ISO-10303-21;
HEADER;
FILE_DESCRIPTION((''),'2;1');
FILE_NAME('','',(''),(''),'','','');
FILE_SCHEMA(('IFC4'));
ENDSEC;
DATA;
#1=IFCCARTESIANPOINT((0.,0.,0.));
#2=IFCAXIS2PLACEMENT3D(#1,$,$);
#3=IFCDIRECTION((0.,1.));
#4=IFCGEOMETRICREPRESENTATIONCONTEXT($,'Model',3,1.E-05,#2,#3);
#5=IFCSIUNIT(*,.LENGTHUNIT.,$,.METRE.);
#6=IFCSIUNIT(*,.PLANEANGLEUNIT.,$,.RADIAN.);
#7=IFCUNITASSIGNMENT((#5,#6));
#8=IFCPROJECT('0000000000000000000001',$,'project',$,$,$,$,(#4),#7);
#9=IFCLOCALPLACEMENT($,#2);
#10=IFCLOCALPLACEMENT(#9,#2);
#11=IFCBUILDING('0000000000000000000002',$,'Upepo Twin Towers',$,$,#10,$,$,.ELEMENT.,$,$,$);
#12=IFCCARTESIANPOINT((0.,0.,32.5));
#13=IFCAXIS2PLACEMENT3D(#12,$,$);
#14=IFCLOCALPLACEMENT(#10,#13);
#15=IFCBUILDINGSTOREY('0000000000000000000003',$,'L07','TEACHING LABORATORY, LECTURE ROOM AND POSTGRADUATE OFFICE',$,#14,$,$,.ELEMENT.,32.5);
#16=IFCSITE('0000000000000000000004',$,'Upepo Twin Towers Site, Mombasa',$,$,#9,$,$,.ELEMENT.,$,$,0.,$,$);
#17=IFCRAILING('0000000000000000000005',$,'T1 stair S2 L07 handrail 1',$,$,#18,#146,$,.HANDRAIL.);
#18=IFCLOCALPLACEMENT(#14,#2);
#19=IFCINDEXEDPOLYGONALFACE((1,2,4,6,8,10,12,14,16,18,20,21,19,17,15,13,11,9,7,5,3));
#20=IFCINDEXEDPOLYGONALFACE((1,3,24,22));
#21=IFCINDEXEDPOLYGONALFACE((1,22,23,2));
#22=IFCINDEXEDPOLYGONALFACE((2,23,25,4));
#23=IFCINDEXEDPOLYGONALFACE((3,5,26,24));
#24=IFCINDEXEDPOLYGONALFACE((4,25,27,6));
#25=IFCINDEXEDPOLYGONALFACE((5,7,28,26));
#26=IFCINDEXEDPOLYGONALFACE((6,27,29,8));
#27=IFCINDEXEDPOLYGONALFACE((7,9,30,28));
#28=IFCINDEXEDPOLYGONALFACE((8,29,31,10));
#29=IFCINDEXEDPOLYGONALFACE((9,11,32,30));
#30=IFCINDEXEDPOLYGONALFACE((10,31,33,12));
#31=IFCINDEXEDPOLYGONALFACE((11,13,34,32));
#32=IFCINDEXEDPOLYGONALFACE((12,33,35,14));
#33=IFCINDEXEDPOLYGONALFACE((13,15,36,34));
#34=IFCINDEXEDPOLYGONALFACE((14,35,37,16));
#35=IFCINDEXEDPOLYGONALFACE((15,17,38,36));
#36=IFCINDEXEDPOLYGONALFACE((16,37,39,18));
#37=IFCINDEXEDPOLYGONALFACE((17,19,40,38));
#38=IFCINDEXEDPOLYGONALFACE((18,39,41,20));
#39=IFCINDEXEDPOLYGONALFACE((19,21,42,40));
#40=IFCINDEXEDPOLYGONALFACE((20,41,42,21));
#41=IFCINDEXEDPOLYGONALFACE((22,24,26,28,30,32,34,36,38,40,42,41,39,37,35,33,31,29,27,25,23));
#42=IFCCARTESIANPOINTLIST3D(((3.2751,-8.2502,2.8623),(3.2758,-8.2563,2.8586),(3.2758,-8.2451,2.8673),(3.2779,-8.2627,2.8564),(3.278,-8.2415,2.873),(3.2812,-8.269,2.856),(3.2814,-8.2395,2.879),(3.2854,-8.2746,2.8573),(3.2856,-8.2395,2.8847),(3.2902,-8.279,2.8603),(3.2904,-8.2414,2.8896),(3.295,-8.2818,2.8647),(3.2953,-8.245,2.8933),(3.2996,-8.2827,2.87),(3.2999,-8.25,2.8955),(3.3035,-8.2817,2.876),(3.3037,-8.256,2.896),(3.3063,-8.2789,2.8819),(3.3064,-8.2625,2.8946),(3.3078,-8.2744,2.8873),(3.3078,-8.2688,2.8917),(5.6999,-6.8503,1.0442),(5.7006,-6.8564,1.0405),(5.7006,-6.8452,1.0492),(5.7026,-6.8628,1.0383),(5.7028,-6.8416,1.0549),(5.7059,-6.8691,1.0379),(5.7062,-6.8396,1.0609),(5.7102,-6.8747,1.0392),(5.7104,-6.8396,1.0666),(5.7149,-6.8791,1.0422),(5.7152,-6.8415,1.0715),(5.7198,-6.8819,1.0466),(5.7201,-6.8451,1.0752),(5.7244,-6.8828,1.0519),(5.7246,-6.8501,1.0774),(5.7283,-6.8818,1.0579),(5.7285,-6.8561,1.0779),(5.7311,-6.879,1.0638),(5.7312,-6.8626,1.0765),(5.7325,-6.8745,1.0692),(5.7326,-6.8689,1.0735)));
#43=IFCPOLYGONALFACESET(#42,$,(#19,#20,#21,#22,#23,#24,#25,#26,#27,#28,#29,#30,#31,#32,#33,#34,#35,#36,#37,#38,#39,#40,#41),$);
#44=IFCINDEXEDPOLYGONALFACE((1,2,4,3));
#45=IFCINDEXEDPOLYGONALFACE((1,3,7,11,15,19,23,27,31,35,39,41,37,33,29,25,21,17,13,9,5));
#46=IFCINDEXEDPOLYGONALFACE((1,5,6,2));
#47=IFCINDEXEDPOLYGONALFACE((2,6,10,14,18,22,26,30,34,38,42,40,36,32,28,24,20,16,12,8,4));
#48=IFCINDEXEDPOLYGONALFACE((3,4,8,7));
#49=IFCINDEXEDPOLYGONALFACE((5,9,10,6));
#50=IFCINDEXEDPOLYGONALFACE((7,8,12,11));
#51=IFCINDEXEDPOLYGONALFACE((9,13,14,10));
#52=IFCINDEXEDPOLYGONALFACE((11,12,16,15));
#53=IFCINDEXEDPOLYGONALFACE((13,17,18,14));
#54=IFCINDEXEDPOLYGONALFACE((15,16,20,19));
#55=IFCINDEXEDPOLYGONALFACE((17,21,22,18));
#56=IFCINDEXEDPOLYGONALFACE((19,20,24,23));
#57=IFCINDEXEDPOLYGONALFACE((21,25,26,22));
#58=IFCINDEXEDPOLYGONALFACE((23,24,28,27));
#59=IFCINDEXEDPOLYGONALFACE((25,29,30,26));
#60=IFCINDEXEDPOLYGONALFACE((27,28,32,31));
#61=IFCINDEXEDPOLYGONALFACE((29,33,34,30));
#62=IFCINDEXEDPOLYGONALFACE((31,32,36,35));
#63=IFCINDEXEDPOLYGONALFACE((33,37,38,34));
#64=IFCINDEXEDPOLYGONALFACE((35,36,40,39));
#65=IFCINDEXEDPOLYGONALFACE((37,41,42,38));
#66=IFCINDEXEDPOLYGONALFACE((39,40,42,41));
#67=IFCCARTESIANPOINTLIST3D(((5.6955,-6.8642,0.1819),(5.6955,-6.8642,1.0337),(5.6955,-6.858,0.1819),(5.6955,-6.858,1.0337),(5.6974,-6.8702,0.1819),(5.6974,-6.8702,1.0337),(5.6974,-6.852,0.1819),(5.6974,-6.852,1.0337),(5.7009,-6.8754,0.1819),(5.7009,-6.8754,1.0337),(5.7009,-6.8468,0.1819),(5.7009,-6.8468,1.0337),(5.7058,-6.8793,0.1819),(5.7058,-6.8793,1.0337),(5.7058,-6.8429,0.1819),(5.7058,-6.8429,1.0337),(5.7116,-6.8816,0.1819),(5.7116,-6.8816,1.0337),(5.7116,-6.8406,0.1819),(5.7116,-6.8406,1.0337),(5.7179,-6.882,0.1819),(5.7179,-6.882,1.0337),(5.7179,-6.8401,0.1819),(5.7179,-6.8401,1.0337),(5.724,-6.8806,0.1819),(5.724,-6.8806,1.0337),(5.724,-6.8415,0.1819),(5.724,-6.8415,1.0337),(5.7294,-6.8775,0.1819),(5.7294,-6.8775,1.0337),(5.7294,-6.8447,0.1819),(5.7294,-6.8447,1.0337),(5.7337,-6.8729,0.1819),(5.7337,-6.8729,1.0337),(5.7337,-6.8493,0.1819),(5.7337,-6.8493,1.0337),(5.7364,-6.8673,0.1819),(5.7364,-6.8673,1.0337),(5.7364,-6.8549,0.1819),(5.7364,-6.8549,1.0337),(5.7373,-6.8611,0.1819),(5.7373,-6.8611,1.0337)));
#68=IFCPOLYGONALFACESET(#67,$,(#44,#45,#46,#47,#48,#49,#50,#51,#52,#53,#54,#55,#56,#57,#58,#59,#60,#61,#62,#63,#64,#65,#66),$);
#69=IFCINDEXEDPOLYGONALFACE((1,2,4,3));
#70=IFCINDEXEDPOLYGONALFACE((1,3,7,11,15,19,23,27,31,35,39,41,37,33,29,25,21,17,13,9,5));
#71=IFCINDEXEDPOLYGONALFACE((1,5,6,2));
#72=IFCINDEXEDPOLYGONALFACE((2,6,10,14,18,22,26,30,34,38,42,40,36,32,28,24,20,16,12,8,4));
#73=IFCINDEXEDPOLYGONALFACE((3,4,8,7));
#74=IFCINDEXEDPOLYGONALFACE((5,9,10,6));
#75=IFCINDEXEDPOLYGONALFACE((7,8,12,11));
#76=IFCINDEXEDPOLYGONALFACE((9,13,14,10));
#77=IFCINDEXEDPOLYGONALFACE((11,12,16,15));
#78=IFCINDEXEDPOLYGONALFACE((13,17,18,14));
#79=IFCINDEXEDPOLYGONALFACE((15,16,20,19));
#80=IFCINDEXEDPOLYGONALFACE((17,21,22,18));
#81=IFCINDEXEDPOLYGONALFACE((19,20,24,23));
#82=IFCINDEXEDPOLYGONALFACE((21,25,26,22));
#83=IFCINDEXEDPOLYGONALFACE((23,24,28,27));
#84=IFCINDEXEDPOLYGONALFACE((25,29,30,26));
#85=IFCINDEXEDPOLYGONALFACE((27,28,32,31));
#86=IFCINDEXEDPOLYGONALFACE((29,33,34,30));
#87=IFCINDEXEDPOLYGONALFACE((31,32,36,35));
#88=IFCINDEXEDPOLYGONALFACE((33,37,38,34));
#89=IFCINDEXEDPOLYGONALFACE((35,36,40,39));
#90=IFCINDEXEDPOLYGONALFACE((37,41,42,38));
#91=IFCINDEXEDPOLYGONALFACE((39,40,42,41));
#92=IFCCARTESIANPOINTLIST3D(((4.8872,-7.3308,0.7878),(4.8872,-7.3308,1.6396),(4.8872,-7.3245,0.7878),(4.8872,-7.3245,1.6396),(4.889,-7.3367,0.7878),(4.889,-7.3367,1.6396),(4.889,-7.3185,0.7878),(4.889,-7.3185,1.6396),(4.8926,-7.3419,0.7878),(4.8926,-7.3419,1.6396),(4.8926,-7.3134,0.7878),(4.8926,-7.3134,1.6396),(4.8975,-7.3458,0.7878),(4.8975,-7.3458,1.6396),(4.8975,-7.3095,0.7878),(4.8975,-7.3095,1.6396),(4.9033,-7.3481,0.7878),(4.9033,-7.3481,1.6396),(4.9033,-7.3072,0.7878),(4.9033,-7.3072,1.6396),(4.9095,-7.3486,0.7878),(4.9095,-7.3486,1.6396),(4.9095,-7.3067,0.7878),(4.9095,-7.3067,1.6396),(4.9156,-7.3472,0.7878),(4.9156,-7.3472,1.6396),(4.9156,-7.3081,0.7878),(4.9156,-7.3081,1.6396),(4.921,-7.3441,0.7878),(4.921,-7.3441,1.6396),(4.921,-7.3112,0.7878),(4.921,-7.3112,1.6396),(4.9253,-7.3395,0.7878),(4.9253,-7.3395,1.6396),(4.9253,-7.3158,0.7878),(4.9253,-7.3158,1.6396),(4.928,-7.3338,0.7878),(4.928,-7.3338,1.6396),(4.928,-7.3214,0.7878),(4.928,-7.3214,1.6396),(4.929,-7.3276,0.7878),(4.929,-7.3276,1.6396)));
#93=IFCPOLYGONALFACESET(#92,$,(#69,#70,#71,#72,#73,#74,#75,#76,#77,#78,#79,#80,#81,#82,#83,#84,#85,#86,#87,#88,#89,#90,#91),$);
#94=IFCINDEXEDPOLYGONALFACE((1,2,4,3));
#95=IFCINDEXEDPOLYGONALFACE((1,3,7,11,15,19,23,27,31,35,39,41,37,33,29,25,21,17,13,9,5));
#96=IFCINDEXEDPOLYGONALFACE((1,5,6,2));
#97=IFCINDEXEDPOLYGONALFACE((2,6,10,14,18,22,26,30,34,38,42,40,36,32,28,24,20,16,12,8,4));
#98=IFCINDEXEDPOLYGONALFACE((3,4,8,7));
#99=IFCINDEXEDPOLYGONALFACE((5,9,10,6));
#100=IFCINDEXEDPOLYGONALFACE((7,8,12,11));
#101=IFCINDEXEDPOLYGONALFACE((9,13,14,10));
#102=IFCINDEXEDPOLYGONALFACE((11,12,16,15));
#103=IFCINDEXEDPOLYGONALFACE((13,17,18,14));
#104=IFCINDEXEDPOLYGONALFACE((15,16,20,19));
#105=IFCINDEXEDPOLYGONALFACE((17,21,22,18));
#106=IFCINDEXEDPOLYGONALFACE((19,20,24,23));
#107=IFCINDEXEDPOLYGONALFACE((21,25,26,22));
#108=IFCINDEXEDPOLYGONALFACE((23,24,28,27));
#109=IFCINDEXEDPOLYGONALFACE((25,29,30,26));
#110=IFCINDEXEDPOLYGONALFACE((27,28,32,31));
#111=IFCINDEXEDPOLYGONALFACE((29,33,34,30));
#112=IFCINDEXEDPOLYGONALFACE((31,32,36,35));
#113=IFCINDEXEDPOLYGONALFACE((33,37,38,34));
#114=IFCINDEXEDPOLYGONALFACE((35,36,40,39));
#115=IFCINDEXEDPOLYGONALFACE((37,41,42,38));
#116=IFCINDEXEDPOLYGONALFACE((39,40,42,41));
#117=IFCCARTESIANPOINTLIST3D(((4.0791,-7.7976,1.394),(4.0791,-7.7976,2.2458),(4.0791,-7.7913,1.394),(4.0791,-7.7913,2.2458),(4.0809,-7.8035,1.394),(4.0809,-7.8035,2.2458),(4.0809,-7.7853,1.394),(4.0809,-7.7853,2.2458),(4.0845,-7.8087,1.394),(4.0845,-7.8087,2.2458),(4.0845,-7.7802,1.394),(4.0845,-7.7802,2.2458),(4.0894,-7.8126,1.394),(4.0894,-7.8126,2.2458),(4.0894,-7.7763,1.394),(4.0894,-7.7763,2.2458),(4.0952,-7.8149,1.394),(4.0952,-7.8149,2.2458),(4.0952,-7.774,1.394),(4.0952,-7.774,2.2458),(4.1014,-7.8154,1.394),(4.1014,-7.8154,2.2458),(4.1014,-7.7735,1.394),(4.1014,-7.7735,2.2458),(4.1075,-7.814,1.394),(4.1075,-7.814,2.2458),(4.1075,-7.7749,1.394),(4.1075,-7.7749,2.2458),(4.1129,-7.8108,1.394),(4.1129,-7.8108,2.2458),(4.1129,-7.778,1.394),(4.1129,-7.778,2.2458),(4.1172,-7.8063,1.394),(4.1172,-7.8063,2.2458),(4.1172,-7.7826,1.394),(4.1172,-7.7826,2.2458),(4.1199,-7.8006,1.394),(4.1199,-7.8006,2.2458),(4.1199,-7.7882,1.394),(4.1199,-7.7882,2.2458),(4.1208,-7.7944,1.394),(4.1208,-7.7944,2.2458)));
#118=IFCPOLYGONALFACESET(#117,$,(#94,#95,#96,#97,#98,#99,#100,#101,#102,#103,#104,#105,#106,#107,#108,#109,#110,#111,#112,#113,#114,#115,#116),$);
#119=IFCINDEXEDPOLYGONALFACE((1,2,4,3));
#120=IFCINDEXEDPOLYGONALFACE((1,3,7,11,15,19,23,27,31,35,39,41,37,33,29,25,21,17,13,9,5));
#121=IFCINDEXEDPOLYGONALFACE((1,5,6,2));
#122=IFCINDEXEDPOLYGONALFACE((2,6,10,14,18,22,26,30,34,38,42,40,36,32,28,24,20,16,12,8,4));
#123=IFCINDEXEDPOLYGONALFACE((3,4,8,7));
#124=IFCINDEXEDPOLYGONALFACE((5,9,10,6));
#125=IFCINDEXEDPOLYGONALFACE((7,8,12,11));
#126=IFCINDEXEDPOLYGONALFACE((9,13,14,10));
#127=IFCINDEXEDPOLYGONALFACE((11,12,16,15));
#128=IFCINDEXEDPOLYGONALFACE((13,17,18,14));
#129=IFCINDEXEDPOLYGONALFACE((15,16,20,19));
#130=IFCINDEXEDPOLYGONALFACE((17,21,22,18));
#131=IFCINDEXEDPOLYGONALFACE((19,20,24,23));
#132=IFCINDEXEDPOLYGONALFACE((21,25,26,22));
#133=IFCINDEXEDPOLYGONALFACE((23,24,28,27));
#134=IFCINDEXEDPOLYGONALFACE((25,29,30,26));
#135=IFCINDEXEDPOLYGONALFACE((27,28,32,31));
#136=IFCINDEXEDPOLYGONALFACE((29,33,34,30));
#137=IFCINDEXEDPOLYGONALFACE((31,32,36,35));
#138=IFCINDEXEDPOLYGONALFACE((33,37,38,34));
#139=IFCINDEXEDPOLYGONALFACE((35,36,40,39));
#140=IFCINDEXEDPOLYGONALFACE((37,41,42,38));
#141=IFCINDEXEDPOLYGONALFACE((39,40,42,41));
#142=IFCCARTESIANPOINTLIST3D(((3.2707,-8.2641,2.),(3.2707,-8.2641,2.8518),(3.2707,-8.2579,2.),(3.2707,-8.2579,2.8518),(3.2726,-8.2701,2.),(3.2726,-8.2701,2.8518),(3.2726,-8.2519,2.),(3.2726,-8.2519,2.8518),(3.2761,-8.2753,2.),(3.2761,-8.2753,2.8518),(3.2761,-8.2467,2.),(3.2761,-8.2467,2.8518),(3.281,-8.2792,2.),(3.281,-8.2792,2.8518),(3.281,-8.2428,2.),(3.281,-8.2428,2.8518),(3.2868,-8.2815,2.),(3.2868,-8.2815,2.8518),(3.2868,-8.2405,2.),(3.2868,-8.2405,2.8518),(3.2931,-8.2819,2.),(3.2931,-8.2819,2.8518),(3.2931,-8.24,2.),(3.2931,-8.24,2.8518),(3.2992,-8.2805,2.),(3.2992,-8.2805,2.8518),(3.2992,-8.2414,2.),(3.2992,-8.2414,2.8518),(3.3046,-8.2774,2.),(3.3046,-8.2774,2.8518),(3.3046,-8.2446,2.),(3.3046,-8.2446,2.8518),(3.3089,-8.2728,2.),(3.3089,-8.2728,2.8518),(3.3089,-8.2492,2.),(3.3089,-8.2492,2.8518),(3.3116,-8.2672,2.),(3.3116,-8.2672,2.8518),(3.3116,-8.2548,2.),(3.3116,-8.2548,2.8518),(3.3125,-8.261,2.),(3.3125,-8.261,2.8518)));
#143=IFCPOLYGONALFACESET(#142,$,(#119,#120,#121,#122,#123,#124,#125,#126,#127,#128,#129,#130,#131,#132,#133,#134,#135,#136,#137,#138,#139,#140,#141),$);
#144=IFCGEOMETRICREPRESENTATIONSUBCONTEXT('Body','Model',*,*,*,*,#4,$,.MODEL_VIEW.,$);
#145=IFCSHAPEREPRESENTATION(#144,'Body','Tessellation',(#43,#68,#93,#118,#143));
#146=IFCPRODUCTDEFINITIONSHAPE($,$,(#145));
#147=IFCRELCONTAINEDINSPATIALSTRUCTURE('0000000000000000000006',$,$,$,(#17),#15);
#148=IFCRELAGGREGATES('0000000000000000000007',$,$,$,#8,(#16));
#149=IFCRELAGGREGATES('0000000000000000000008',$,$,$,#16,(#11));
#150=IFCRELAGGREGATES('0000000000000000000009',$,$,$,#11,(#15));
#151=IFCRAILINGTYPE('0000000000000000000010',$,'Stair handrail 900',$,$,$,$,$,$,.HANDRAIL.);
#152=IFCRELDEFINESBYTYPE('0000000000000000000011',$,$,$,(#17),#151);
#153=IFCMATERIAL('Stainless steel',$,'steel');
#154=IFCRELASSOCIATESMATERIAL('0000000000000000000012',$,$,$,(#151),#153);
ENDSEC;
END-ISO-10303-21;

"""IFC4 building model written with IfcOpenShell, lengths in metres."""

from ifc_helpers import new_model, si_unit, direction, frame, origin, origin_2d, place, context, subcontext, project, spatial, circle, extrude, material, type_object, element, save


model = new_model("IFC4")

# Units and contexts
model_context = context("Model", 3, precision=1e-05, world=origin(), true_north=direction((0.0, 1.0)))
body_context = subcontext(model_context, "Body", "Model", "MODEL_VIEW")
ifc_project = project(units=[si_unit("LENGTHUNIT", "METRE"), si_unit("PLANEANGLEUNIT", "RADIAN")], contexts=[model_context])

# Site, building, storey
site_placement = place(None, origin())
site = spatial("IfcSite", under=ifc_project, at=site_placement, Name="Upepo Twin Towers Site, Mombasa", CompositionType="ELEMENT", RefElevation=0.0)
building_placement = place(site_placement, origin())
building = spatial("IfcBuilding", under=site, at=building_placement, Name="Upepo Twin Towers", CompositionType="ELEMENT")
storey_placement = place(building_placement, frame((0.0, 0.0, 32.5)))
storey = spatial("IfcBuildingStorey", under=building, at=storey_placement, Name="L07", Description="TEACHING LABORATORY, LECTURE ROOM AND POSTGRADUATE OFFICE", CompositionType="ELEMENT", Elevation=32.5)

# Railing
ifc_material_1 = material(Name="Stainless steel", Category="steel")
railing_type = type_object("IfcRailingType", Name="Stair handrail 900", PredefinedType="HANDRAIL", material=ifc_material_1)
railing_1_placement = place(storey_placement, frame((5.7163, -6.8611, 0.1819)))
element("IfcRailing", 1, at=railing_1_placement, inside=storey, type_object=railing_type, Name="T1 stair S2 L07 handrail 1", PredefinedType="HANDRAIL", context=body_context, shape_type="SweptSolid", body=[
    extrude(circle(Radius=0.0239, at=origin_2d()), frame((0.0, 0.0, 0.876), z_axis=(-0.726336, -0.419333, 0.544606), x_axis=(0.499984, -0.866035, 0.0)), (0.0, 0.0, 1.0), 3.3384),
    extrude(circle(Radius=0.021, at=origin_2d()), origin(), (0.0, 0.0, 1.0), 0.8518),
    extrude(circle(Radius=0.021, at=origin_2d()), frame((-0.8083, -0.4666, 0.606)), (0.0, 0.0, 1.0), 0.8518),
    extrude(circle(Radius=0.021, at=origin_2d()), frame((-1.6165, -0.9333, 1.2122)), (0.0, 0.0, 1.0), 0.8518),
    extrude(circle(Radius=0.021, at=origin_2d()), frame((-2.4248, -1.3999, 1.8181)), (0.0, 0.0, 1.0), 0.8518),
])

save(model, "model.ifc")
